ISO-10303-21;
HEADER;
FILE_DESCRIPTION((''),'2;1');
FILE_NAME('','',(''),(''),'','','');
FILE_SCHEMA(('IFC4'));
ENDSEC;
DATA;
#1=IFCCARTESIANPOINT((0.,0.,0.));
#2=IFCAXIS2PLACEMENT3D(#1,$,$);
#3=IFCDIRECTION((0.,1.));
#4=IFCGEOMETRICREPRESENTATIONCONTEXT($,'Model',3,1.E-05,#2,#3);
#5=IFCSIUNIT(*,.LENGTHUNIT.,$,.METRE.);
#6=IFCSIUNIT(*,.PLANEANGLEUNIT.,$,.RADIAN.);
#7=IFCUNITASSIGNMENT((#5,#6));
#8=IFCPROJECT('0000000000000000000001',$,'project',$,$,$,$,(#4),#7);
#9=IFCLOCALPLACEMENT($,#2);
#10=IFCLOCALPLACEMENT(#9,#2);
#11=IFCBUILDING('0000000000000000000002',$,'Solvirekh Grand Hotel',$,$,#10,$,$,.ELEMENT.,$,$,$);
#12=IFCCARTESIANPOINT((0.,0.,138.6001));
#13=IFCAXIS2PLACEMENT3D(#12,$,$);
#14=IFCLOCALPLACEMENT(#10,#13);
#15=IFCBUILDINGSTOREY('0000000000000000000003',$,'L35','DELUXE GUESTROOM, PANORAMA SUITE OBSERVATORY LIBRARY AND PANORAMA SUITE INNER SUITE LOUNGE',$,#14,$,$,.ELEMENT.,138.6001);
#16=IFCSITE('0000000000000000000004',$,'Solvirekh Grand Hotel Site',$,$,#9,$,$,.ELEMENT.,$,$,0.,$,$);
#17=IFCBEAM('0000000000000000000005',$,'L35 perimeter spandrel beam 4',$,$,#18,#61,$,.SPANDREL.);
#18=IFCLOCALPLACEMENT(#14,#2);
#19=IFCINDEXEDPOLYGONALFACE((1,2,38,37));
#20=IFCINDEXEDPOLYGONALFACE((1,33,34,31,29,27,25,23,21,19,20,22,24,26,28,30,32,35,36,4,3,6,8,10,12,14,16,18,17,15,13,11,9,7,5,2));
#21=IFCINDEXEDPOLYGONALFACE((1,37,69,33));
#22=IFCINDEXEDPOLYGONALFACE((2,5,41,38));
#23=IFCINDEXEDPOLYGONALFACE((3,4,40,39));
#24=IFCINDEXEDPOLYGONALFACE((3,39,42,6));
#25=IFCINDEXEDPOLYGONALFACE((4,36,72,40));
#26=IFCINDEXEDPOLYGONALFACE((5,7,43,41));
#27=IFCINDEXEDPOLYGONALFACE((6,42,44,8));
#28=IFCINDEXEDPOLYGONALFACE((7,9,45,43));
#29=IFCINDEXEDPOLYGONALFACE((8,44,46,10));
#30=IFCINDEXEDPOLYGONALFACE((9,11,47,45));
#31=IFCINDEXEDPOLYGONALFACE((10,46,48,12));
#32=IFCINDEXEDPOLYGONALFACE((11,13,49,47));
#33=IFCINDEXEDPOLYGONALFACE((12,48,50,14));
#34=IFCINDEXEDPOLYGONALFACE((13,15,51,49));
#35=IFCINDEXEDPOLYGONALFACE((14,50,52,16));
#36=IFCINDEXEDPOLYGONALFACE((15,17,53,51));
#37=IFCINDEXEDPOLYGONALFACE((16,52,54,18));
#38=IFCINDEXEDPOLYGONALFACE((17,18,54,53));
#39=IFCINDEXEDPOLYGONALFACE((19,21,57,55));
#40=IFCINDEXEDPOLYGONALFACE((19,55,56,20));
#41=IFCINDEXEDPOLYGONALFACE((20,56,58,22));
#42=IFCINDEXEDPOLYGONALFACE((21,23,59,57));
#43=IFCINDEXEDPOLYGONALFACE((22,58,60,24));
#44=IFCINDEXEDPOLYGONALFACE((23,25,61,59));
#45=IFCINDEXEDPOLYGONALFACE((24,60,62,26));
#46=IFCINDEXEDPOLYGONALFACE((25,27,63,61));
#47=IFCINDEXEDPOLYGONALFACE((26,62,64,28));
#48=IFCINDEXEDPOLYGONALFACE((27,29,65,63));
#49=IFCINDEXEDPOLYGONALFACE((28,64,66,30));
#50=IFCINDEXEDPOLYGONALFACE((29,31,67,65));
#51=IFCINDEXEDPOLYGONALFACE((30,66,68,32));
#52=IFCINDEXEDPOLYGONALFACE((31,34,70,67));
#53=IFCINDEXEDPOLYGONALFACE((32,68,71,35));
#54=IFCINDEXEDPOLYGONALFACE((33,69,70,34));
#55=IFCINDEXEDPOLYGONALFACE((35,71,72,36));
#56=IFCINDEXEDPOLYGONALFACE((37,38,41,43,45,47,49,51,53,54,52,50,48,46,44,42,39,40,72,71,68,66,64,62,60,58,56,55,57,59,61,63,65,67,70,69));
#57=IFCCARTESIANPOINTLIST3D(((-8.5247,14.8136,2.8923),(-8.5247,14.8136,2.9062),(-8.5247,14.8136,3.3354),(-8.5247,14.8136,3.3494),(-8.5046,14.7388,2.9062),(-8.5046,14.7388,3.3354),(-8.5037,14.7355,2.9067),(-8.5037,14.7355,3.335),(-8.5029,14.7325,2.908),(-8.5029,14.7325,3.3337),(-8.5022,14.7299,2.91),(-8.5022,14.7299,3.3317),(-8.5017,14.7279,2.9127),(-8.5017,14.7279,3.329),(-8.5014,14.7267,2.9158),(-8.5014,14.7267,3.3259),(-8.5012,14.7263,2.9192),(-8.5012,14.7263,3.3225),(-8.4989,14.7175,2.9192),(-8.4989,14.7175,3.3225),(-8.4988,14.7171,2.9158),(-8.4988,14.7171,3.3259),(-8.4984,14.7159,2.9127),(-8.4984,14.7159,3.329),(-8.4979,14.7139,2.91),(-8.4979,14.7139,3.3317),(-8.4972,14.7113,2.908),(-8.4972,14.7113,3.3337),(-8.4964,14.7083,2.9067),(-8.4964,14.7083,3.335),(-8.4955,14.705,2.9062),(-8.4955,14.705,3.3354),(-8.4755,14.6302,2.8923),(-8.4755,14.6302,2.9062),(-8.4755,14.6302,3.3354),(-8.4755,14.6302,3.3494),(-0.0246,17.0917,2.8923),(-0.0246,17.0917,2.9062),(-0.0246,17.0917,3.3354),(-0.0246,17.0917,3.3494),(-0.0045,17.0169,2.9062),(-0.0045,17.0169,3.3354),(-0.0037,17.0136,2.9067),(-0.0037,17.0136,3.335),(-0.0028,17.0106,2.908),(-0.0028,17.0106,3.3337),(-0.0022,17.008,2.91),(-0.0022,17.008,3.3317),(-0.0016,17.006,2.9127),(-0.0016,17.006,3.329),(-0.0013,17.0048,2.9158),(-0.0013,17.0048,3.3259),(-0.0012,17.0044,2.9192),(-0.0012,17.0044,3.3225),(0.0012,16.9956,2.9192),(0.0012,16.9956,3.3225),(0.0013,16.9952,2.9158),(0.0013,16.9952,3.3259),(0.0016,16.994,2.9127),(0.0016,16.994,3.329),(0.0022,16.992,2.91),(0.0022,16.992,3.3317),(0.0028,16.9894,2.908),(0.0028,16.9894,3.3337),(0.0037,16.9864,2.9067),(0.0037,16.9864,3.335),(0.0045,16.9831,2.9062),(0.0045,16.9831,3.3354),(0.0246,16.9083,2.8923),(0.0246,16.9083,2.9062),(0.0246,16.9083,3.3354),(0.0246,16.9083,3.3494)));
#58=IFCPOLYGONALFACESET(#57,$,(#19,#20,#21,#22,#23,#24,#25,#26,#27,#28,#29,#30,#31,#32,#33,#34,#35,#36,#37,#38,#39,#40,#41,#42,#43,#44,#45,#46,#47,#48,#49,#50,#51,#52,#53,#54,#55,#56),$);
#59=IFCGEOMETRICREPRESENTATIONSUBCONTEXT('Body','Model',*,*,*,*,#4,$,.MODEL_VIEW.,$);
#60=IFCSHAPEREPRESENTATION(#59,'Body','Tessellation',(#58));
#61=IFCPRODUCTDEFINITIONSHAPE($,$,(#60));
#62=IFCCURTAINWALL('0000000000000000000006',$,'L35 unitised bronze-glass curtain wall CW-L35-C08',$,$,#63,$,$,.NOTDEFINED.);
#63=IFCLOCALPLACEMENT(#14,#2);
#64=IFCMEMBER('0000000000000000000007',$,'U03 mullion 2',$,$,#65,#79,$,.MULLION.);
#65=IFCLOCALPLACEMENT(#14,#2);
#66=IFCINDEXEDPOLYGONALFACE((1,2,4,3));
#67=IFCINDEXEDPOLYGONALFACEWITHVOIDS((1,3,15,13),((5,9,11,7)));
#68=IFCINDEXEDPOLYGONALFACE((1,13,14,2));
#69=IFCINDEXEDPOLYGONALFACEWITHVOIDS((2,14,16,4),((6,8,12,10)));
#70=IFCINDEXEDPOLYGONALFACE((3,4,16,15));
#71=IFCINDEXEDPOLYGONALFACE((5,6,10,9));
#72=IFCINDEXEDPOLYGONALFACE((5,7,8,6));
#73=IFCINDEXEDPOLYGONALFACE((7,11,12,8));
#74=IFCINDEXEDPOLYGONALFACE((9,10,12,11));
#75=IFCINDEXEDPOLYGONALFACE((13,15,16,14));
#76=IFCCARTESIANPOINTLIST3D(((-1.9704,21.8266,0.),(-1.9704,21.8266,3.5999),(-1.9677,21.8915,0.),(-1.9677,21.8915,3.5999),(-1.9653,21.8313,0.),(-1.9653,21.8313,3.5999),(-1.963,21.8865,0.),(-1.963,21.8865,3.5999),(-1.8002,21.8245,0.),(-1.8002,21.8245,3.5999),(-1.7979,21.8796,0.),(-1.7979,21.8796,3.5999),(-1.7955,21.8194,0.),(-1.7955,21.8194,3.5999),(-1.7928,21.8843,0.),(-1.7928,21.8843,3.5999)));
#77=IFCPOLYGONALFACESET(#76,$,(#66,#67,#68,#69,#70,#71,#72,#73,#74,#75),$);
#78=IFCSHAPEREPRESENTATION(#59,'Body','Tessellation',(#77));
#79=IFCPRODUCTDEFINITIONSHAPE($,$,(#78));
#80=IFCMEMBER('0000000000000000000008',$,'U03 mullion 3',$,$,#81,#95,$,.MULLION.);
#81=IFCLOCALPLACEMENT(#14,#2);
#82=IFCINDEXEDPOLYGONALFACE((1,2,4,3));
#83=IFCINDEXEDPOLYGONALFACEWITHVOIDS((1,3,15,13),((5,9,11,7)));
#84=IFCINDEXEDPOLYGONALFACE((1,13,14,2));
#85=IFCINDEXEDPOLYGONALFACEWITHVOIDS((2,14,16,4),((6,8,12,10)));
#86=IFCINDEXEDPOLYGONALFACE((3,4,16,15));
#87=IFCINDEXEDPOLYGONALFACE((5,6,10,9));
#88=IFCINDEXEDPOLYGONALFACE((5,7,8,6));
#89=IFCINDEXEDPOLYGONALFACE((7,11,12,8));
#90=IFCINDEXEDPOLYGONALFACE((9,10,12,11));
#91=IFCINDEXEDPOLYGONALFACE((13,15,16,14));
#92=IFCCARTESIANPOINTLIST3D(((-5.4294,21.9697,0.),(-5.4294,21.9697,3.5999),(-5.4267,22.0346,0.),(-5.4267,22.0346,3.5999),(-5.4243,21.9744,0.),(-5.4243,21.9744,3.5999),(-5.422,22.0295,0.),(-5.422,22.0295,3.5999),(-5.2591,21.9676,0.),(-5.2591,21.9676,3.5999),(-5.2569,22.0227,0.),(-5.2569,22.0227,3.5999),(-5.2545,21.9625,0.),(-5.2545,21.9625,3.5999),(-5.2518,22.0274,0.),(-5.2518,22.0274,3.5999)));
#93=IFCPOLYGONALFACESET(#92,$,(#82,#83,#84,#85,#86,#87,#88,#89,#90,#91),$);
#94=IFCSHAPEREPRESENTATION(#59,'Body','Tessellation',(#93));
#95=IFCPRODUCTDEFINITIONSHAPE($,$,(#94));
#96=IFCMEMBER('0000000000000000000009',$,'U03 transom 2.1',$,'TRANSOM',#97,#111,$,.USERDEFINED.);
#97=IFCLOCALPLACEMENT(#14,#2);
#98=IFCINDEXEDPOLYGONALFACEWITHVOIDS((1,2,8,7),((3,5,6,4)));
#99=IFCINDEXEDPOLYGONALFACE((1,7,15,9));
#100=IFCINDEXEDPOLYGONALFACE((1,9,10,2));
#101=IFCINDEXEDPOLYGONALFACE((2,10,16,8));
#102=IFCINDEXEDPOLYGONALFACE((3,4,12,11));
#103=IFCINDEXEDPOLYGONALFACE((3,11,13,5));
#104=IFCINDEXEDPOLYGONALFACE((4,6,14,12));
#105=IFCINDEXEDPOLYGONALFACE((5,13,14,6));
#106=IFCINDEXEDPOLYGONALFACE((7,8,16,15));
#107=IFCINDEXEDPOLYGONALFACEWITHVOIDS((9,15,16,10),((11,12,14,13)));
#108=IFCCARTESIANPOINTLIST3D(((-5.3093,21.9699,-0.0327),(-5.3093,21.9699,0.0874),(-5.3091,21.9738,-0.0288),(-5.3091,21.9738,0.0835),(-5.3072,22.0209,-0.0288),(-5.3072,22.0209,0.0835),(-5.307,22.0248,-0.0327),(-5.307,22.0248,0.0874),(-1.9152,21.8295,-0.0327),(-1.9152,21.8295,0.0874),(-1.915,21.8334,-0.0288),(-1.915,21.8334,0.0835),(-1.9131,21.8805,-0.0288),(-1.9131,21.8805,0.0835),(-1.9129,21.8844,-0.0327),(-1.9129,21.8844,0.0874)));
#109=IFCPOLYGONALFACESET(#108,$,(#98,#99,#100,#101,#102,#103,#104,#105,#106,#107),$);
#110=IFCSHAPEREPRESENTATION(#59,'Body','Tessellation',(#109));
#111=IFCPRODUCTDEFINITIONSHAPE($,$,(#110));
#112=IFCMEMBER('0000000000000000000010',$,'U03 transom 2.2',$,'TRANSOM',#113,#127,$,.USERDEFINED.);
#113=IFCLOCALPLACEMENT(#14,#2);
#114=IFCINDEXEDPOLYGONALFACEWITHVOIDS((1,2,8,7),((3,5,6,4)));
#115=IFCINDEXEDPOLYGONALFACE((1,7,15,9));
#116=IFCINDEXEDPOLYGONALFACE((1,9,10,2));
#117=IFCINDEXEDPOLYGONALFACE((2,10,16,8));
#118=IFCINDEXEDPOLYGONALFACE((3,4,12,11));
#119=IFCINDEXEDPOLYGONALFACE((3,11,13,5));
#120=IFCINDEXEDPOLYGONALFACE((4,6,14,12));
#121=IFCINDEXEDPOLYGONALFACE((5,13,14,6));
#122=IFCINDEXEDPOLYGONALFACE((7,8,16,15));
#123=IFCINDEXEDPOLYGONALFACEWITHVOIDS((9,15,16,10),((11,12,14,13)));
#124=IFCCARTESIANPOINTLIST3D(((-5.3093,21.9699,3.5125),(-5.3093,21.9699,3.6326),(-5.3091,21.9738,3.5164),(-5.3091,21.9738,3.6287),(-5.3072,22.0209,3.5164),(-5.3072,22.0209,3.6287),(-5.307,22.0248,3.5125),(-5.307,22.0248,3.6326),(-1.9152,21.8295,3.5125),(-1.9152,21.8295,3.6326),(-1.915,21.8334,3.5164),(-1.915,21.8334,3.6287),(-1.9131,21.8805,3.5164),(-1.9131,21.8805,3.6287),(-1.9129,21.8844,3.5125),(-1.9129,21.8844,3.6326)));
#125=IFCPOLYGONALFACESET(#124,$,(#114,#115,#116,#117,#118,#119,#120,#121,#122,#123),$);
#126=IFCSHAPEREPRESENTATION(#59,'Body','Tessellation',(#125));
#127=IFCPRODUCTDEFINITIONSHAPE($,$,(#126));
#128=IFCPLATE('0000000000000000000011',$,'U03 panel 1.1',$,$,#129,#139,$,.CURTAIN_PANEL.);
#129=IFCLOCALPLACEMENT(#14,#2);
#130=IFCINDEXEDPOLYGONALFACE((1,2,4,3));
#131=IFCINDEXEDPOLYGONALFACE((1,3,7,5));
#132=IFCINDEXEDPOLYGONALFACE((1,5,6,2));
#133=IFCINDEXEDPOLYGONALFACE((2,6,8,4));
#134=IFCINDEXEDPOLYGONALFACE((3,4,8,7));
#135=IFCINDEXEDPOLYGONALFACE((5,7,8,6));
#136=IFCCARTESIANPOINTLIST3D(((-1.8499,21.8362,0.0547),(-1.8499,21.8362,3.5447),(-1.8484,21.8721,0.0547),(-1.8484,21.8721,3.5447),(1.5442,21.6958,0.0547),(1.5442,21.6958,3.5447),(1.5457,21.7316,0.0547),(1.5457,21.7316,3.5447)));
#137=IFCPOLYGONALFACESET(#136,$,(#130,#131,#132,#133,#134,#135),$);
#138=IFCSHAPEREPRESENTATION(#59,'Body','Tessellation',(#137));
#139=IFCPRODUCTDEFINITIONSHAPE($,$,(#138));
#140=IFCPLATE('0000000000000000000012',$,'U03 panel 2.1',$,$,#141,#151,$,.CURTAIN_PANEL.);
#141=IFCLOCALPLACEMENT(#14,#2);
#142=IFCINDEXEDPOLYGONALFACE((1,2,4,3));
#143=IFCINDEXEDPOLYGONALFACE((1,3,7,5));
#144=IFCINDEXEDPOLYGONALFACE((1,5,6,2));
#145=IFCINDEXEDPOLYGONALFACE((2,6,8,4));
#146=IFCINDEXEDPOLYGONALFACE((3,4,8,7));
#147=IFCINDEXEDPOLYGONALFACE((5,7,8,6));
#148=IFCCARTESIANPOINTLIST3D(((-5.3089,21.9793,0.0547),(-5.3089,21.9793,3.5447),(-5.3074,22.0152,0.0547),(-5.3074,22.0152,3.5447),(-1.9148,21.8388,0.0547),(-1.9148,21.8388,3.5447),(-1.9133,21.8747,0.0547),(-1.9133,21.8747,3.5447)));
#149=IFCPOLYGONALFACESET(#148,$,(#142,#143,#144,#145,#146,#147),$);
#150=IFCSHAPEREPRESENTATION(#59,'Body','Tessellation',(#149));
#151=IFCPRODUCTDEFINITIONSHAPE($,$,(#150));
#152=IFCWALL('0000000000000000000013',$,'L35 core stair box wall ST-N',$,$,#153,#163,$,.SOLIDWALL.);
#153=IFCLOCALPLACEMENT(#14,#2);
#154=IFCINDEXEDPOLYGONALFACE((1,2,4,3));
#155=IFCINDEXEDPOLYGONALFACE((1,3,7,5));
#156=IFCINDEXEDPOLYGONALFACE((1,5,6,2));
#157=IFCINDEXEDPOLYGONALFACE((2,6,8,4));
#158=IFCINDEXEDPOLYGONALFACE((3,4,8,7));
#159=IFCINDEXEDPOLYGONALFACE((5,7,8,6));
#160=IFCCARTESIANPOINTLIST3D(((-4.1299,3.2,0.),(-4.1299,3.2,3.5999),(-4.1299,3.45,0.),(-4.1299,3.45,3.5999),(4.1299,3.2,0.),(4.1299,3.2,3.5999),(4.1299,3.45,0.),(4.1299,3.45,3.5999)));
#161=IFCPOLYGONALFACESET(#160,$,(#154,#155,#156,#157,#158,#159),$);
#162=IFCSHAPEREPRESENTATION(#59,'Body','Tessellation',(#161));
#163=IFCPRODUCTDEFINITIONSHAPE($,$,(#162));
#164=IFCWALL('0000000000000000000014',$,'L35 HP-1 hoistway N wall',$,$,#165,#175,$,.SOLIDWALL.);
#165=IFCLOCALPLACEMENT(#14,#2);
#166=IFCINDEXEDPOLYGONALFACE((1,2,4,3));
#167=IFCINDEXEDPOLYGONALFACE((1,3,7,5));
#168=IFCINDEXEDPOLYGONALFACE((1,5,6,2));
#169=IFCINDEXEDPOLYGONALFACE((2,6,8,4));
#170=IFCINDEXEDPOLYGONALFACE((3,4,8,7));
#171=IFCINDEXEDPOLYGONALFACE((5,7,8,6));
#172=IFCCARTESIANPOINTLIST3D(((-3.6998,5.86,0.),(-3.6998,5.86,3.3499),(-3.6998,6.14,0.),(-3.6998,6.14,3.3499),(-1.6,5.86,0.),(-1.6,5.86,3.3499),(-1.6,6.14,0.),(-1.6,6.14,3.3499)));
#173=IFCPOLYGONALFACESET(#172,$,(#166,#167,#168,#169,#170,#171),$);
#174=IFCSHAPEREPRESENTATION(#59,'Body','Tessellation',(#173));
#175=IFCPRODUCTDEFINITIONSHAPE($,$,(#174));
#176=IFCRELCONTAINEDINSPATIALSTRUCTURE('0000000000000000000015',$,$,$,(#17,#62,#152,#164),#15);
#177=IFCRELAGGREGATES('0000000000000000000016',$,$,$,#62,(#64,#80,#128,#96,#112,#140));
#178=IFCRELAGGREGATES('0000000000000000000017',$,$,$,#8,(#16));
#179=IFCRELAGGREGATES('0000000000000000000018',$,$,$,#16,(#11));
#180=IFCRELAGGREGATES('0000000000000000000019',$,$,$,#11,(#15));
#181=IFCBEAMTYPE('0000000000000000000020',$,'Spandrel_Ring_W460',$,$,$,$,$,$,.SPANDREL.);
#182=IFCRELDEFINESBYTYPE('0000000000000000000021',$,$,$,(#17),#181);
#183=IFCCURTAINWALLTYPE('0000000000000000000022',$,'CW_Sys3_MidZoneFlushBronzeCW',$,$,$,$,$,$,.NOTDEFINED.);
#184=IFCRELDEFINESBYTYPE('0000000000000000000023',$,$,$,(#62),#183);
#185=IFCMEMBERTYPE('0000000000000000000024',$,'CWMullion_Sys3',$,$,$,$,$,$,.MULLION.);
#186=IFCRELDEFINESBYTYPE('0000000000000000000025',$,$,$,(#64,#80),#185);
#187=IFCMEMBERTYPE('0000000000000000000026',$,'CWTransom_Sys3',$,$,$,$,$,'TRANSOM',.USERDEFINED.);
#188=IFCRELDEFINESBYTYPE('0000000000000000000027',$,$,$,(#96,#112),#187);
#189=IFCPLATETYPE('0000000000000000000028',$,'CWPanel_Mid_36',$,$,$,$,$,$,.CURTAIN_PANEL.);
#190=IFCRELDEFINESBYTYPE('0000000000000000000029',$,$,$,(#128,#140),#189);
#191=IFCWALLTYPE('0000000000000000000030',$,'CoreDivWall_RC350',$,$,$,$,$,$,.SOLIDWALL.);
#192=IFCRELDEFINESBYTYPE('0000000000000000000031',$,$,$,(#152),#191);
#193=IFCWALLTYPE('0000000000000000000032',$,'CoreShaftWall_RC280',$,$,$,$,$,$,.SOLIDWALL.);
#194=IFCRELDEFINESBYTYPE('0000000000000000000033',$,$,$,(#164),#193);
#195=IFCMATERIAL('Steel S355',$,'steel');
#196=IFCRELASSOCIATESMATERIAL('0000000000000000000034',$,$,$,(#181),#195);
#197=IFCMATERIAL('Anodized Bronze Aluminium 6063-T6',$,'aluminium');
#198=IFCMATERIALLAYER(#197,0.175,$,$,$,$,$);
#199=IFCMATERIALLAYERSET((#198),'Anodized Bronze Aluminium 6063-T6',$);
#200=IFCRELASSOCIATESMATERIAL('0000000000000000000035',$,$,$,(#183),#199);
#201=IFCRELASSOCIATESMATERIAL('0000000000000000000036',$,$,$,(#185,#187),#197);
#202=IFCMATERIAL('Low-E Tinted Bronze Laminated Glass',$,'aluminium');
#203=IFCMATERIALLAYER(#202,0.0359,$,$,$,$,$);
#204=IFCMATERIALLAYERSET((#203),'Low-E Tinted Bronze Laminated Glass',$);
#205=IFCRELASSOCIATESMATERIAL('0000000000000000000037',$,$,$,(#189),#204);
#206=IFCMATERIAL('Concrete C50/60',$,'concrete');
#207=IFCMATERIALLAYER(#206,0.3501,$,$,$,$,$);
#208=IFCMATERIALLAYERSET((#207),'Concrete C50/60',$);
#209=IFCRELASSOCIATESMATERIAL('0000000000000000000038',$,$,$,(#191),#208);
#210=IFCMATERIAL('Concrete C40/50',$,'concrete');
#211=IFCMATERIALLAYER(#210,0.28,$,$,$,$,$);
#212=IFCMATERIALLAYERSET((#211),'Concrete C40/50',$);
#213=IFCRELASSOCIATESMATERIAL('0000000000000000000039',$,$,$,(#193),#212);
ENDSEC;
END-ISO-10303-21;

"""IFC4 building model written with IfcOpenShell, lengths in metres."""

from ifc_helpers import new_model, si_unit, direction, frame, frame_2d, origin, origin_2d, place, context, subcontext, project, spatial, rectangle, hollow_rectangle, i_section, extrude, source, transform, mapped, material, layer, layer_set, material_profile, profile_set, type_object, element, aggregate, save


model = new_model("IFC4")

# Units and contexts
model_context = context("Model", 3, precision=1e-05, world=origin(), true_north=direction((0.0, 1.0)))
body_context = subcontext(model_context, "Body", "Model", "MODEL_VIEW")
ifc_project = project(units=[si_unit("LENGTHUNIT", "METRE"), si_unit("PLANEANGLEUNIT", "RADIAN")], contexts=[model_context])

# Site, building, storey
site_placement = place(None, origin())
site = spatial("IfcSite", under=ifc_project, at=site_placement, Name="Solvirekh Grand Hotel Site", CompositionType="ELEMENT", RefElevation=0.0)
building_placement = place(site_placement, origin())
building = spatial("IfcBuilding", under=site, at=building_placement, Name="Solvirekh Grand Hotel", CompositionType="ELEMENT")
storey_placement = place(building_placement, frame((0.0, 0.0, 138.6001)))
storey = spatial("IfcBuildingStorey", under=building, at=storey_placement, Name="L35", Description="DELUXE GUESTROOM, PANORAMA SUITE OBSERVATORY LIBRARY AND PANORAMA SUITE INNER SUITE LOUNGE", CompositionType="ELEMENT", Elevation=138.6001)

# Shared definitions
ifc_material_1 = material(Name="Concrete C50/60", Category="concrete")

# Beam
ifc_material_2 = material(Name="Steel S355", Category="steel")
ifc_material_profile_1 = material_profile(ifc_material_2, i_section(OverallWidth=0.1899, OverallDepth=0.457, WebThickness=0.009, FlangeThickness=0.0139, FilletRadius=0.0129, at=origin_2d()), Name="W460X74")
ifc_profile_set_1 = profile_set([ifc_material_profile_1], Name="Steel S355")
beam_type_1 = type_object("IfcBeamType", Name="Spandrel_Ring_W460", PredefinedType="SPANDREL", material=ifc_profile_set_1)
beam_1_placement = place(storey_placement, frame((0.0, 17.0, 3.1208), z_axis=(-0.965911, -0.258873, 0.0), x_axis=(0.258873, -0.965911, 0.0)))
element("IfcBeam", 1, at=beam_1_placement, inside=storey, type_object=beam_type_1, Name="L35 perimeter spandrel beam 4", PredefinedType="SPANDREL", context=body_context, shape_type="SweptSolid", body=[
    extrude(i_section(OverallWidth=0.1899, OverallDepth=0.457, WebThickness=0.009, FlangeThickness=0.0139, FilletRadius=0.0129, at=origin_2d()), origin(), (0.0, 0.0, 1.0), 8.8),
])

# Curtain wall, members, plates
ifc_material_3 = material(Name="Anodized Bronze Aluminium 6063-T6", Category="aluminium")
ifc_layer_1 = layer(ifc_material_3, 0.175)
ifc_layer_set_1 = layer_set([ifc_layer_1], Name="Anodized Bronze Aluminium 6063-T6")
curtain_wall_type = type_object("IfcCurtainWallType", Name="CW_Sys3_MidZoneFlushBronzeCW", PredefinedType="NOTDEFINED", material=ifc_layer_set_1)
curtain_wall_placement = place(storey_placement, origin())
curtain_wall = element("IfcCurtainWall", 2, at=curtain_wall_placement, inside=storey, type_object=curtain_wall_type, Name="L35 unitised bronze-glass curtain wall CW-L35-C08", PredefinedType="NOTDEFINED")
ifc_material_profile_2 = material_profile(ifc_material_3, hollow_rectangle(XDim=0.0649, YDim=0.175, WallThickness=0.0049, at=origin_2d()), Name="ALU RHS 175X65X5")
ifc_profile_set_2 = profile_set([ifc_material_profile_2], Name="Anodized Bronze Aluminium 6063-T6")
member_type_1 = type_object("IfcMemberType", Name="CWMullion_Sys3", PredefinedType="MULLION", material=ifc_profile_set_2)
shared_shape_1 = source(origin(), body_context, "Body", "SweptSolid", [
    extrude(hollow_rectangle(XDim=0.0649, YDim=0.175, WallThickness=0.0049, at=origin_2d()), origin(), (0.0, 0.0, 1.0), 3.5999),
])
member_1_placement = place(storey_placement, frame((-1.8816, 21.8555, 0.0), z_axis=(0.0, 0.0, 1.0), x_axis=(-0.041351, -0.999145, 0.0)))
member_1 = element("IfcMember", 3, at=member_1_placement, type_object=member_type_1, Name="U03 mullion 2", PredefinedType="MULLION", context=body_context, shape_type="MappedRepresentation", body=[
    mapped(shared_shape_1, transform((0.0, 0.0, 0.0), x_axis=(1.0, 0.0, 0.0), y_axis=(0.0, 1.0, 0.0), z_axis=(0.0, 0.0, 1.0), scale=1.0)),
])
member_2_placement = place(storey_placement, frame((-5.3406, 21.9985, 0.0), z_axis=(0.0, 0.0, 1.0), x_axis=(-0.041351, -0.999145, 0.0)))
member_2 = element("IfcMember", 4, at=member_2_placement, type_object=member_type_1, Name="U03 mullion 3", PredefinedType="MULLION", context=body_context, shape_type="MappedRepresentation", body=[
    mapped(shared_shape_1, transform((0.0, 0.0, 0.0), x_axis=(1.0, 0.0, 0.0), y_axis=(0.0, 1.0, 0.0), z_axis=(0.0, 0.0, 1.0), scale=1.0)),
])
ifc_material_profile_3 = material_profile(ifc_material_3, hollow_rectangle(XDim=0.0549, YDim=0.1201, WallThickness=0.0039, at=origin_2d()), Name="ALU RHS 120X55X4")
ifc_profile_set_3 = profile_set([ifc_material_profile_3], Name="Anodized Bronze Aluminium 6063-T6")
member_type_2 = type_object("IfcMemberType", Name="CWTransom_Sys3", ElementType="TRANSOM", PredefinedType="USERDEFINED", material=ifc_profile_set_3)
shared_shape_2 = source(origin(), body_context, "Body", "SweptSolid", [
    extrude(hollow_rectangle(XDim=0.0549, YDim=0.1201, WallThickness=0.0039, at=origin_2d()), origin(), (0.0, 0.0, 1.0), 3.397),
])
member_3_placement = place(storey_placement, frame((-1.9141, 21.8569, 0.0273), z_axis=(-0.999146, 0.041326, 0.0), x_axis=(-0.041326, -0.999146, 0.0)))
member_3 = element("IfcMember", 5, at=member_3_placement, type_object=member_type_2, Name="U03 transom 2.1", ObjectType="TRANSOM", PredefinedType="USERDEFINED", context=body_context, shape_type="MappedRepresentation", body=[
    mapped(shared_shape_2, transform((0.0, 0.0, 0.0), x_axis=(1.0, 0.0, 0.0), y_axis=(0.0, 1.0, 0.0), z_axis=(0.0, 0.0, 1.0), scale=1.0)),
])
member_4_placement = place(storey_placement, frame((-1.9141, 21.8569, 3.5725), z_axis=(-0.999146, 0.041326, 0.0), x_axis=(-0.041326, -0.999146, 0.0)))
member_4 = element("IfcMember", 6, at=member_4_placement, type_object=member_type_2, Name="U03 transom 2.2", ObjectType="TRANSOM", PredefinedType="USERDEFINED", context=body_context, shape_type="MappedRepresentation", body=[
    mapped(shared_shape_2, transform((0.0, 0.0, 0.0), x_axis=(1.0, 0.0, 0.0), y_axis=(0.0, 1.0, 0.0), z_axis=(0.0, 0.0, 1.0), scale=1.0)),
])
ifc_material_4 = material(Name="Low-E Tinted Bronze Laminated Glass", Category="aluminium")
ifc_layer_2 = layer(ifc_material_4, 0.0359)
ifc_layer_set_2 = layer_set([ifc_layer_2], Name="Low-E Tinted Bronze Laminated Glass")
plate_type = type_object("IfcPlateType", Name="CWPanel_Mid_36", PredefinedType="CURTAIN_PANEL", material=ifc_layer_set_2)
shared_shape_3 = source(origin(), body_context, "Body", "SweptSolid", [
    extrude(rectangle(XDim=3.397, YDim=0.0359, at=origin_2d()), origin(), (0.0, 0.0, 1.0), 3.49),
])
plate_1_placement = place(storey_placement, frame((-0.1521, 21.7839, 0.0547), z_axis=(0.0, 0.0, 1.0), x_axis=(-0.999145, 0.041351, 0.0)))
plate_1 = element("IfcPlate", 7, at=plate_1_placement, type_object=plate_type, Name="U03 panel 1.1", PredefinedType="CURTAIN_PANEL", context=body_context, shape_type="MappedRepresentation", body=[
    mapped(shared_shape_3, transform((0.0, 0.0, 0.0), x_axis=(1.0, 0.0, 0.0), y_axis=(0.0, 1.0, 0.0), z_axis=(0.0, 0.0, 1.0), scale=1.0)),
])
plate_2_placement = place(storey_placement, frame((-3.6111, 21.927, 0.0547), z_axis=(0.0, 0.0, 1.0), x_axis=(-0.999145, 0.041351, 0.0)))
plate_2 = element("IfcPlate", 8, at=plate_2_placement, type_object=plate_type, Name="U03 panel 2.1", PredefinedType="CURTAIN_PANEL", context=body_context, shape_type="MappedRepresentation", body=[
    mapped(shared_shape_3, transform((0.0, 0.0, 0.0), x_axis=(1.0, 0.0, 0.0), y_axis=(0.0, 1.0, 0.0), z_axis=(0.0, 0.0, 1.0), scale=1.0)),
])
aggregate(curtain_wall, [member_1, member_2, plate_1, member_3, member_4, plate_2])

# Walls
ifc_layer_3 = layer(ifc_material_1, 0.3501)
ifc_layer_set_3 = layer_set([ifc_layer_3], Name="Concrete C50/60")
wall_type_1 = type_object("IfcWallType", Name="CoreDivWall_RC350", PredefinedType="SOLIDWALL", material=ifc_layer_set_3)
wall_1_placement = place(storey_placement, frame((-4.1299, 3.325, 0.0), z_axis=(0.0, 0.0, 1.0), x_axis=(1.0, 0.0, 0.0)))
element("IfcWall", 9, at=wall_1_placement, inside=storey, type_object=wall_type_1, Name="L35 core stair box wall ST-N", PredefinedType="SOLIDWALL", context=body_context, shape_type="SweptSolid", body=[
    extrude(rectangle(XDim=8.2598, YDim=0.25, at=frame_2d((4.1299, 0.0))), origin(), (0.0, 0.0, 1.0), 3.5999),
])
ifc_material_5 = material(Name="Concrete C40/50", Category="concrete")
ifc_layer_4 = layer(ifc_material_5, 0.28)
ifc_layer_set_4 = layer_set([ifc_layer_4], Name="Concrete C40/50")
wall_type_2 = type_object("IfcWallType", Name="CoreShaftWall_RC280", PredefinedType="SOLIDWALL", material=ifc_layer_set_4)
wall_2_placement = place(storey_placement, frame((-1.6001, 6.0, 0.0), z_axis=(0.0, 0.0, 1.0), x_axis=(-1.0, 0.0, 0.0)))
element("IfcWall", 10, at=wall_2_placement, inside=storey, type_object=wall_type_2, Name="L35 HP-1 hoistway N wall", PredefinedType="SOLIDWALL", context=body_context, shape_type="SweptSolid", body=[
    extrude(rectangle(XDim=2.0999, YDim=0.28, at=frame_2d((1.0498, 0.0))), origin(), (0.0, 0.0, 1.0), 3.3499),
])

save(model, "model.ifc")
